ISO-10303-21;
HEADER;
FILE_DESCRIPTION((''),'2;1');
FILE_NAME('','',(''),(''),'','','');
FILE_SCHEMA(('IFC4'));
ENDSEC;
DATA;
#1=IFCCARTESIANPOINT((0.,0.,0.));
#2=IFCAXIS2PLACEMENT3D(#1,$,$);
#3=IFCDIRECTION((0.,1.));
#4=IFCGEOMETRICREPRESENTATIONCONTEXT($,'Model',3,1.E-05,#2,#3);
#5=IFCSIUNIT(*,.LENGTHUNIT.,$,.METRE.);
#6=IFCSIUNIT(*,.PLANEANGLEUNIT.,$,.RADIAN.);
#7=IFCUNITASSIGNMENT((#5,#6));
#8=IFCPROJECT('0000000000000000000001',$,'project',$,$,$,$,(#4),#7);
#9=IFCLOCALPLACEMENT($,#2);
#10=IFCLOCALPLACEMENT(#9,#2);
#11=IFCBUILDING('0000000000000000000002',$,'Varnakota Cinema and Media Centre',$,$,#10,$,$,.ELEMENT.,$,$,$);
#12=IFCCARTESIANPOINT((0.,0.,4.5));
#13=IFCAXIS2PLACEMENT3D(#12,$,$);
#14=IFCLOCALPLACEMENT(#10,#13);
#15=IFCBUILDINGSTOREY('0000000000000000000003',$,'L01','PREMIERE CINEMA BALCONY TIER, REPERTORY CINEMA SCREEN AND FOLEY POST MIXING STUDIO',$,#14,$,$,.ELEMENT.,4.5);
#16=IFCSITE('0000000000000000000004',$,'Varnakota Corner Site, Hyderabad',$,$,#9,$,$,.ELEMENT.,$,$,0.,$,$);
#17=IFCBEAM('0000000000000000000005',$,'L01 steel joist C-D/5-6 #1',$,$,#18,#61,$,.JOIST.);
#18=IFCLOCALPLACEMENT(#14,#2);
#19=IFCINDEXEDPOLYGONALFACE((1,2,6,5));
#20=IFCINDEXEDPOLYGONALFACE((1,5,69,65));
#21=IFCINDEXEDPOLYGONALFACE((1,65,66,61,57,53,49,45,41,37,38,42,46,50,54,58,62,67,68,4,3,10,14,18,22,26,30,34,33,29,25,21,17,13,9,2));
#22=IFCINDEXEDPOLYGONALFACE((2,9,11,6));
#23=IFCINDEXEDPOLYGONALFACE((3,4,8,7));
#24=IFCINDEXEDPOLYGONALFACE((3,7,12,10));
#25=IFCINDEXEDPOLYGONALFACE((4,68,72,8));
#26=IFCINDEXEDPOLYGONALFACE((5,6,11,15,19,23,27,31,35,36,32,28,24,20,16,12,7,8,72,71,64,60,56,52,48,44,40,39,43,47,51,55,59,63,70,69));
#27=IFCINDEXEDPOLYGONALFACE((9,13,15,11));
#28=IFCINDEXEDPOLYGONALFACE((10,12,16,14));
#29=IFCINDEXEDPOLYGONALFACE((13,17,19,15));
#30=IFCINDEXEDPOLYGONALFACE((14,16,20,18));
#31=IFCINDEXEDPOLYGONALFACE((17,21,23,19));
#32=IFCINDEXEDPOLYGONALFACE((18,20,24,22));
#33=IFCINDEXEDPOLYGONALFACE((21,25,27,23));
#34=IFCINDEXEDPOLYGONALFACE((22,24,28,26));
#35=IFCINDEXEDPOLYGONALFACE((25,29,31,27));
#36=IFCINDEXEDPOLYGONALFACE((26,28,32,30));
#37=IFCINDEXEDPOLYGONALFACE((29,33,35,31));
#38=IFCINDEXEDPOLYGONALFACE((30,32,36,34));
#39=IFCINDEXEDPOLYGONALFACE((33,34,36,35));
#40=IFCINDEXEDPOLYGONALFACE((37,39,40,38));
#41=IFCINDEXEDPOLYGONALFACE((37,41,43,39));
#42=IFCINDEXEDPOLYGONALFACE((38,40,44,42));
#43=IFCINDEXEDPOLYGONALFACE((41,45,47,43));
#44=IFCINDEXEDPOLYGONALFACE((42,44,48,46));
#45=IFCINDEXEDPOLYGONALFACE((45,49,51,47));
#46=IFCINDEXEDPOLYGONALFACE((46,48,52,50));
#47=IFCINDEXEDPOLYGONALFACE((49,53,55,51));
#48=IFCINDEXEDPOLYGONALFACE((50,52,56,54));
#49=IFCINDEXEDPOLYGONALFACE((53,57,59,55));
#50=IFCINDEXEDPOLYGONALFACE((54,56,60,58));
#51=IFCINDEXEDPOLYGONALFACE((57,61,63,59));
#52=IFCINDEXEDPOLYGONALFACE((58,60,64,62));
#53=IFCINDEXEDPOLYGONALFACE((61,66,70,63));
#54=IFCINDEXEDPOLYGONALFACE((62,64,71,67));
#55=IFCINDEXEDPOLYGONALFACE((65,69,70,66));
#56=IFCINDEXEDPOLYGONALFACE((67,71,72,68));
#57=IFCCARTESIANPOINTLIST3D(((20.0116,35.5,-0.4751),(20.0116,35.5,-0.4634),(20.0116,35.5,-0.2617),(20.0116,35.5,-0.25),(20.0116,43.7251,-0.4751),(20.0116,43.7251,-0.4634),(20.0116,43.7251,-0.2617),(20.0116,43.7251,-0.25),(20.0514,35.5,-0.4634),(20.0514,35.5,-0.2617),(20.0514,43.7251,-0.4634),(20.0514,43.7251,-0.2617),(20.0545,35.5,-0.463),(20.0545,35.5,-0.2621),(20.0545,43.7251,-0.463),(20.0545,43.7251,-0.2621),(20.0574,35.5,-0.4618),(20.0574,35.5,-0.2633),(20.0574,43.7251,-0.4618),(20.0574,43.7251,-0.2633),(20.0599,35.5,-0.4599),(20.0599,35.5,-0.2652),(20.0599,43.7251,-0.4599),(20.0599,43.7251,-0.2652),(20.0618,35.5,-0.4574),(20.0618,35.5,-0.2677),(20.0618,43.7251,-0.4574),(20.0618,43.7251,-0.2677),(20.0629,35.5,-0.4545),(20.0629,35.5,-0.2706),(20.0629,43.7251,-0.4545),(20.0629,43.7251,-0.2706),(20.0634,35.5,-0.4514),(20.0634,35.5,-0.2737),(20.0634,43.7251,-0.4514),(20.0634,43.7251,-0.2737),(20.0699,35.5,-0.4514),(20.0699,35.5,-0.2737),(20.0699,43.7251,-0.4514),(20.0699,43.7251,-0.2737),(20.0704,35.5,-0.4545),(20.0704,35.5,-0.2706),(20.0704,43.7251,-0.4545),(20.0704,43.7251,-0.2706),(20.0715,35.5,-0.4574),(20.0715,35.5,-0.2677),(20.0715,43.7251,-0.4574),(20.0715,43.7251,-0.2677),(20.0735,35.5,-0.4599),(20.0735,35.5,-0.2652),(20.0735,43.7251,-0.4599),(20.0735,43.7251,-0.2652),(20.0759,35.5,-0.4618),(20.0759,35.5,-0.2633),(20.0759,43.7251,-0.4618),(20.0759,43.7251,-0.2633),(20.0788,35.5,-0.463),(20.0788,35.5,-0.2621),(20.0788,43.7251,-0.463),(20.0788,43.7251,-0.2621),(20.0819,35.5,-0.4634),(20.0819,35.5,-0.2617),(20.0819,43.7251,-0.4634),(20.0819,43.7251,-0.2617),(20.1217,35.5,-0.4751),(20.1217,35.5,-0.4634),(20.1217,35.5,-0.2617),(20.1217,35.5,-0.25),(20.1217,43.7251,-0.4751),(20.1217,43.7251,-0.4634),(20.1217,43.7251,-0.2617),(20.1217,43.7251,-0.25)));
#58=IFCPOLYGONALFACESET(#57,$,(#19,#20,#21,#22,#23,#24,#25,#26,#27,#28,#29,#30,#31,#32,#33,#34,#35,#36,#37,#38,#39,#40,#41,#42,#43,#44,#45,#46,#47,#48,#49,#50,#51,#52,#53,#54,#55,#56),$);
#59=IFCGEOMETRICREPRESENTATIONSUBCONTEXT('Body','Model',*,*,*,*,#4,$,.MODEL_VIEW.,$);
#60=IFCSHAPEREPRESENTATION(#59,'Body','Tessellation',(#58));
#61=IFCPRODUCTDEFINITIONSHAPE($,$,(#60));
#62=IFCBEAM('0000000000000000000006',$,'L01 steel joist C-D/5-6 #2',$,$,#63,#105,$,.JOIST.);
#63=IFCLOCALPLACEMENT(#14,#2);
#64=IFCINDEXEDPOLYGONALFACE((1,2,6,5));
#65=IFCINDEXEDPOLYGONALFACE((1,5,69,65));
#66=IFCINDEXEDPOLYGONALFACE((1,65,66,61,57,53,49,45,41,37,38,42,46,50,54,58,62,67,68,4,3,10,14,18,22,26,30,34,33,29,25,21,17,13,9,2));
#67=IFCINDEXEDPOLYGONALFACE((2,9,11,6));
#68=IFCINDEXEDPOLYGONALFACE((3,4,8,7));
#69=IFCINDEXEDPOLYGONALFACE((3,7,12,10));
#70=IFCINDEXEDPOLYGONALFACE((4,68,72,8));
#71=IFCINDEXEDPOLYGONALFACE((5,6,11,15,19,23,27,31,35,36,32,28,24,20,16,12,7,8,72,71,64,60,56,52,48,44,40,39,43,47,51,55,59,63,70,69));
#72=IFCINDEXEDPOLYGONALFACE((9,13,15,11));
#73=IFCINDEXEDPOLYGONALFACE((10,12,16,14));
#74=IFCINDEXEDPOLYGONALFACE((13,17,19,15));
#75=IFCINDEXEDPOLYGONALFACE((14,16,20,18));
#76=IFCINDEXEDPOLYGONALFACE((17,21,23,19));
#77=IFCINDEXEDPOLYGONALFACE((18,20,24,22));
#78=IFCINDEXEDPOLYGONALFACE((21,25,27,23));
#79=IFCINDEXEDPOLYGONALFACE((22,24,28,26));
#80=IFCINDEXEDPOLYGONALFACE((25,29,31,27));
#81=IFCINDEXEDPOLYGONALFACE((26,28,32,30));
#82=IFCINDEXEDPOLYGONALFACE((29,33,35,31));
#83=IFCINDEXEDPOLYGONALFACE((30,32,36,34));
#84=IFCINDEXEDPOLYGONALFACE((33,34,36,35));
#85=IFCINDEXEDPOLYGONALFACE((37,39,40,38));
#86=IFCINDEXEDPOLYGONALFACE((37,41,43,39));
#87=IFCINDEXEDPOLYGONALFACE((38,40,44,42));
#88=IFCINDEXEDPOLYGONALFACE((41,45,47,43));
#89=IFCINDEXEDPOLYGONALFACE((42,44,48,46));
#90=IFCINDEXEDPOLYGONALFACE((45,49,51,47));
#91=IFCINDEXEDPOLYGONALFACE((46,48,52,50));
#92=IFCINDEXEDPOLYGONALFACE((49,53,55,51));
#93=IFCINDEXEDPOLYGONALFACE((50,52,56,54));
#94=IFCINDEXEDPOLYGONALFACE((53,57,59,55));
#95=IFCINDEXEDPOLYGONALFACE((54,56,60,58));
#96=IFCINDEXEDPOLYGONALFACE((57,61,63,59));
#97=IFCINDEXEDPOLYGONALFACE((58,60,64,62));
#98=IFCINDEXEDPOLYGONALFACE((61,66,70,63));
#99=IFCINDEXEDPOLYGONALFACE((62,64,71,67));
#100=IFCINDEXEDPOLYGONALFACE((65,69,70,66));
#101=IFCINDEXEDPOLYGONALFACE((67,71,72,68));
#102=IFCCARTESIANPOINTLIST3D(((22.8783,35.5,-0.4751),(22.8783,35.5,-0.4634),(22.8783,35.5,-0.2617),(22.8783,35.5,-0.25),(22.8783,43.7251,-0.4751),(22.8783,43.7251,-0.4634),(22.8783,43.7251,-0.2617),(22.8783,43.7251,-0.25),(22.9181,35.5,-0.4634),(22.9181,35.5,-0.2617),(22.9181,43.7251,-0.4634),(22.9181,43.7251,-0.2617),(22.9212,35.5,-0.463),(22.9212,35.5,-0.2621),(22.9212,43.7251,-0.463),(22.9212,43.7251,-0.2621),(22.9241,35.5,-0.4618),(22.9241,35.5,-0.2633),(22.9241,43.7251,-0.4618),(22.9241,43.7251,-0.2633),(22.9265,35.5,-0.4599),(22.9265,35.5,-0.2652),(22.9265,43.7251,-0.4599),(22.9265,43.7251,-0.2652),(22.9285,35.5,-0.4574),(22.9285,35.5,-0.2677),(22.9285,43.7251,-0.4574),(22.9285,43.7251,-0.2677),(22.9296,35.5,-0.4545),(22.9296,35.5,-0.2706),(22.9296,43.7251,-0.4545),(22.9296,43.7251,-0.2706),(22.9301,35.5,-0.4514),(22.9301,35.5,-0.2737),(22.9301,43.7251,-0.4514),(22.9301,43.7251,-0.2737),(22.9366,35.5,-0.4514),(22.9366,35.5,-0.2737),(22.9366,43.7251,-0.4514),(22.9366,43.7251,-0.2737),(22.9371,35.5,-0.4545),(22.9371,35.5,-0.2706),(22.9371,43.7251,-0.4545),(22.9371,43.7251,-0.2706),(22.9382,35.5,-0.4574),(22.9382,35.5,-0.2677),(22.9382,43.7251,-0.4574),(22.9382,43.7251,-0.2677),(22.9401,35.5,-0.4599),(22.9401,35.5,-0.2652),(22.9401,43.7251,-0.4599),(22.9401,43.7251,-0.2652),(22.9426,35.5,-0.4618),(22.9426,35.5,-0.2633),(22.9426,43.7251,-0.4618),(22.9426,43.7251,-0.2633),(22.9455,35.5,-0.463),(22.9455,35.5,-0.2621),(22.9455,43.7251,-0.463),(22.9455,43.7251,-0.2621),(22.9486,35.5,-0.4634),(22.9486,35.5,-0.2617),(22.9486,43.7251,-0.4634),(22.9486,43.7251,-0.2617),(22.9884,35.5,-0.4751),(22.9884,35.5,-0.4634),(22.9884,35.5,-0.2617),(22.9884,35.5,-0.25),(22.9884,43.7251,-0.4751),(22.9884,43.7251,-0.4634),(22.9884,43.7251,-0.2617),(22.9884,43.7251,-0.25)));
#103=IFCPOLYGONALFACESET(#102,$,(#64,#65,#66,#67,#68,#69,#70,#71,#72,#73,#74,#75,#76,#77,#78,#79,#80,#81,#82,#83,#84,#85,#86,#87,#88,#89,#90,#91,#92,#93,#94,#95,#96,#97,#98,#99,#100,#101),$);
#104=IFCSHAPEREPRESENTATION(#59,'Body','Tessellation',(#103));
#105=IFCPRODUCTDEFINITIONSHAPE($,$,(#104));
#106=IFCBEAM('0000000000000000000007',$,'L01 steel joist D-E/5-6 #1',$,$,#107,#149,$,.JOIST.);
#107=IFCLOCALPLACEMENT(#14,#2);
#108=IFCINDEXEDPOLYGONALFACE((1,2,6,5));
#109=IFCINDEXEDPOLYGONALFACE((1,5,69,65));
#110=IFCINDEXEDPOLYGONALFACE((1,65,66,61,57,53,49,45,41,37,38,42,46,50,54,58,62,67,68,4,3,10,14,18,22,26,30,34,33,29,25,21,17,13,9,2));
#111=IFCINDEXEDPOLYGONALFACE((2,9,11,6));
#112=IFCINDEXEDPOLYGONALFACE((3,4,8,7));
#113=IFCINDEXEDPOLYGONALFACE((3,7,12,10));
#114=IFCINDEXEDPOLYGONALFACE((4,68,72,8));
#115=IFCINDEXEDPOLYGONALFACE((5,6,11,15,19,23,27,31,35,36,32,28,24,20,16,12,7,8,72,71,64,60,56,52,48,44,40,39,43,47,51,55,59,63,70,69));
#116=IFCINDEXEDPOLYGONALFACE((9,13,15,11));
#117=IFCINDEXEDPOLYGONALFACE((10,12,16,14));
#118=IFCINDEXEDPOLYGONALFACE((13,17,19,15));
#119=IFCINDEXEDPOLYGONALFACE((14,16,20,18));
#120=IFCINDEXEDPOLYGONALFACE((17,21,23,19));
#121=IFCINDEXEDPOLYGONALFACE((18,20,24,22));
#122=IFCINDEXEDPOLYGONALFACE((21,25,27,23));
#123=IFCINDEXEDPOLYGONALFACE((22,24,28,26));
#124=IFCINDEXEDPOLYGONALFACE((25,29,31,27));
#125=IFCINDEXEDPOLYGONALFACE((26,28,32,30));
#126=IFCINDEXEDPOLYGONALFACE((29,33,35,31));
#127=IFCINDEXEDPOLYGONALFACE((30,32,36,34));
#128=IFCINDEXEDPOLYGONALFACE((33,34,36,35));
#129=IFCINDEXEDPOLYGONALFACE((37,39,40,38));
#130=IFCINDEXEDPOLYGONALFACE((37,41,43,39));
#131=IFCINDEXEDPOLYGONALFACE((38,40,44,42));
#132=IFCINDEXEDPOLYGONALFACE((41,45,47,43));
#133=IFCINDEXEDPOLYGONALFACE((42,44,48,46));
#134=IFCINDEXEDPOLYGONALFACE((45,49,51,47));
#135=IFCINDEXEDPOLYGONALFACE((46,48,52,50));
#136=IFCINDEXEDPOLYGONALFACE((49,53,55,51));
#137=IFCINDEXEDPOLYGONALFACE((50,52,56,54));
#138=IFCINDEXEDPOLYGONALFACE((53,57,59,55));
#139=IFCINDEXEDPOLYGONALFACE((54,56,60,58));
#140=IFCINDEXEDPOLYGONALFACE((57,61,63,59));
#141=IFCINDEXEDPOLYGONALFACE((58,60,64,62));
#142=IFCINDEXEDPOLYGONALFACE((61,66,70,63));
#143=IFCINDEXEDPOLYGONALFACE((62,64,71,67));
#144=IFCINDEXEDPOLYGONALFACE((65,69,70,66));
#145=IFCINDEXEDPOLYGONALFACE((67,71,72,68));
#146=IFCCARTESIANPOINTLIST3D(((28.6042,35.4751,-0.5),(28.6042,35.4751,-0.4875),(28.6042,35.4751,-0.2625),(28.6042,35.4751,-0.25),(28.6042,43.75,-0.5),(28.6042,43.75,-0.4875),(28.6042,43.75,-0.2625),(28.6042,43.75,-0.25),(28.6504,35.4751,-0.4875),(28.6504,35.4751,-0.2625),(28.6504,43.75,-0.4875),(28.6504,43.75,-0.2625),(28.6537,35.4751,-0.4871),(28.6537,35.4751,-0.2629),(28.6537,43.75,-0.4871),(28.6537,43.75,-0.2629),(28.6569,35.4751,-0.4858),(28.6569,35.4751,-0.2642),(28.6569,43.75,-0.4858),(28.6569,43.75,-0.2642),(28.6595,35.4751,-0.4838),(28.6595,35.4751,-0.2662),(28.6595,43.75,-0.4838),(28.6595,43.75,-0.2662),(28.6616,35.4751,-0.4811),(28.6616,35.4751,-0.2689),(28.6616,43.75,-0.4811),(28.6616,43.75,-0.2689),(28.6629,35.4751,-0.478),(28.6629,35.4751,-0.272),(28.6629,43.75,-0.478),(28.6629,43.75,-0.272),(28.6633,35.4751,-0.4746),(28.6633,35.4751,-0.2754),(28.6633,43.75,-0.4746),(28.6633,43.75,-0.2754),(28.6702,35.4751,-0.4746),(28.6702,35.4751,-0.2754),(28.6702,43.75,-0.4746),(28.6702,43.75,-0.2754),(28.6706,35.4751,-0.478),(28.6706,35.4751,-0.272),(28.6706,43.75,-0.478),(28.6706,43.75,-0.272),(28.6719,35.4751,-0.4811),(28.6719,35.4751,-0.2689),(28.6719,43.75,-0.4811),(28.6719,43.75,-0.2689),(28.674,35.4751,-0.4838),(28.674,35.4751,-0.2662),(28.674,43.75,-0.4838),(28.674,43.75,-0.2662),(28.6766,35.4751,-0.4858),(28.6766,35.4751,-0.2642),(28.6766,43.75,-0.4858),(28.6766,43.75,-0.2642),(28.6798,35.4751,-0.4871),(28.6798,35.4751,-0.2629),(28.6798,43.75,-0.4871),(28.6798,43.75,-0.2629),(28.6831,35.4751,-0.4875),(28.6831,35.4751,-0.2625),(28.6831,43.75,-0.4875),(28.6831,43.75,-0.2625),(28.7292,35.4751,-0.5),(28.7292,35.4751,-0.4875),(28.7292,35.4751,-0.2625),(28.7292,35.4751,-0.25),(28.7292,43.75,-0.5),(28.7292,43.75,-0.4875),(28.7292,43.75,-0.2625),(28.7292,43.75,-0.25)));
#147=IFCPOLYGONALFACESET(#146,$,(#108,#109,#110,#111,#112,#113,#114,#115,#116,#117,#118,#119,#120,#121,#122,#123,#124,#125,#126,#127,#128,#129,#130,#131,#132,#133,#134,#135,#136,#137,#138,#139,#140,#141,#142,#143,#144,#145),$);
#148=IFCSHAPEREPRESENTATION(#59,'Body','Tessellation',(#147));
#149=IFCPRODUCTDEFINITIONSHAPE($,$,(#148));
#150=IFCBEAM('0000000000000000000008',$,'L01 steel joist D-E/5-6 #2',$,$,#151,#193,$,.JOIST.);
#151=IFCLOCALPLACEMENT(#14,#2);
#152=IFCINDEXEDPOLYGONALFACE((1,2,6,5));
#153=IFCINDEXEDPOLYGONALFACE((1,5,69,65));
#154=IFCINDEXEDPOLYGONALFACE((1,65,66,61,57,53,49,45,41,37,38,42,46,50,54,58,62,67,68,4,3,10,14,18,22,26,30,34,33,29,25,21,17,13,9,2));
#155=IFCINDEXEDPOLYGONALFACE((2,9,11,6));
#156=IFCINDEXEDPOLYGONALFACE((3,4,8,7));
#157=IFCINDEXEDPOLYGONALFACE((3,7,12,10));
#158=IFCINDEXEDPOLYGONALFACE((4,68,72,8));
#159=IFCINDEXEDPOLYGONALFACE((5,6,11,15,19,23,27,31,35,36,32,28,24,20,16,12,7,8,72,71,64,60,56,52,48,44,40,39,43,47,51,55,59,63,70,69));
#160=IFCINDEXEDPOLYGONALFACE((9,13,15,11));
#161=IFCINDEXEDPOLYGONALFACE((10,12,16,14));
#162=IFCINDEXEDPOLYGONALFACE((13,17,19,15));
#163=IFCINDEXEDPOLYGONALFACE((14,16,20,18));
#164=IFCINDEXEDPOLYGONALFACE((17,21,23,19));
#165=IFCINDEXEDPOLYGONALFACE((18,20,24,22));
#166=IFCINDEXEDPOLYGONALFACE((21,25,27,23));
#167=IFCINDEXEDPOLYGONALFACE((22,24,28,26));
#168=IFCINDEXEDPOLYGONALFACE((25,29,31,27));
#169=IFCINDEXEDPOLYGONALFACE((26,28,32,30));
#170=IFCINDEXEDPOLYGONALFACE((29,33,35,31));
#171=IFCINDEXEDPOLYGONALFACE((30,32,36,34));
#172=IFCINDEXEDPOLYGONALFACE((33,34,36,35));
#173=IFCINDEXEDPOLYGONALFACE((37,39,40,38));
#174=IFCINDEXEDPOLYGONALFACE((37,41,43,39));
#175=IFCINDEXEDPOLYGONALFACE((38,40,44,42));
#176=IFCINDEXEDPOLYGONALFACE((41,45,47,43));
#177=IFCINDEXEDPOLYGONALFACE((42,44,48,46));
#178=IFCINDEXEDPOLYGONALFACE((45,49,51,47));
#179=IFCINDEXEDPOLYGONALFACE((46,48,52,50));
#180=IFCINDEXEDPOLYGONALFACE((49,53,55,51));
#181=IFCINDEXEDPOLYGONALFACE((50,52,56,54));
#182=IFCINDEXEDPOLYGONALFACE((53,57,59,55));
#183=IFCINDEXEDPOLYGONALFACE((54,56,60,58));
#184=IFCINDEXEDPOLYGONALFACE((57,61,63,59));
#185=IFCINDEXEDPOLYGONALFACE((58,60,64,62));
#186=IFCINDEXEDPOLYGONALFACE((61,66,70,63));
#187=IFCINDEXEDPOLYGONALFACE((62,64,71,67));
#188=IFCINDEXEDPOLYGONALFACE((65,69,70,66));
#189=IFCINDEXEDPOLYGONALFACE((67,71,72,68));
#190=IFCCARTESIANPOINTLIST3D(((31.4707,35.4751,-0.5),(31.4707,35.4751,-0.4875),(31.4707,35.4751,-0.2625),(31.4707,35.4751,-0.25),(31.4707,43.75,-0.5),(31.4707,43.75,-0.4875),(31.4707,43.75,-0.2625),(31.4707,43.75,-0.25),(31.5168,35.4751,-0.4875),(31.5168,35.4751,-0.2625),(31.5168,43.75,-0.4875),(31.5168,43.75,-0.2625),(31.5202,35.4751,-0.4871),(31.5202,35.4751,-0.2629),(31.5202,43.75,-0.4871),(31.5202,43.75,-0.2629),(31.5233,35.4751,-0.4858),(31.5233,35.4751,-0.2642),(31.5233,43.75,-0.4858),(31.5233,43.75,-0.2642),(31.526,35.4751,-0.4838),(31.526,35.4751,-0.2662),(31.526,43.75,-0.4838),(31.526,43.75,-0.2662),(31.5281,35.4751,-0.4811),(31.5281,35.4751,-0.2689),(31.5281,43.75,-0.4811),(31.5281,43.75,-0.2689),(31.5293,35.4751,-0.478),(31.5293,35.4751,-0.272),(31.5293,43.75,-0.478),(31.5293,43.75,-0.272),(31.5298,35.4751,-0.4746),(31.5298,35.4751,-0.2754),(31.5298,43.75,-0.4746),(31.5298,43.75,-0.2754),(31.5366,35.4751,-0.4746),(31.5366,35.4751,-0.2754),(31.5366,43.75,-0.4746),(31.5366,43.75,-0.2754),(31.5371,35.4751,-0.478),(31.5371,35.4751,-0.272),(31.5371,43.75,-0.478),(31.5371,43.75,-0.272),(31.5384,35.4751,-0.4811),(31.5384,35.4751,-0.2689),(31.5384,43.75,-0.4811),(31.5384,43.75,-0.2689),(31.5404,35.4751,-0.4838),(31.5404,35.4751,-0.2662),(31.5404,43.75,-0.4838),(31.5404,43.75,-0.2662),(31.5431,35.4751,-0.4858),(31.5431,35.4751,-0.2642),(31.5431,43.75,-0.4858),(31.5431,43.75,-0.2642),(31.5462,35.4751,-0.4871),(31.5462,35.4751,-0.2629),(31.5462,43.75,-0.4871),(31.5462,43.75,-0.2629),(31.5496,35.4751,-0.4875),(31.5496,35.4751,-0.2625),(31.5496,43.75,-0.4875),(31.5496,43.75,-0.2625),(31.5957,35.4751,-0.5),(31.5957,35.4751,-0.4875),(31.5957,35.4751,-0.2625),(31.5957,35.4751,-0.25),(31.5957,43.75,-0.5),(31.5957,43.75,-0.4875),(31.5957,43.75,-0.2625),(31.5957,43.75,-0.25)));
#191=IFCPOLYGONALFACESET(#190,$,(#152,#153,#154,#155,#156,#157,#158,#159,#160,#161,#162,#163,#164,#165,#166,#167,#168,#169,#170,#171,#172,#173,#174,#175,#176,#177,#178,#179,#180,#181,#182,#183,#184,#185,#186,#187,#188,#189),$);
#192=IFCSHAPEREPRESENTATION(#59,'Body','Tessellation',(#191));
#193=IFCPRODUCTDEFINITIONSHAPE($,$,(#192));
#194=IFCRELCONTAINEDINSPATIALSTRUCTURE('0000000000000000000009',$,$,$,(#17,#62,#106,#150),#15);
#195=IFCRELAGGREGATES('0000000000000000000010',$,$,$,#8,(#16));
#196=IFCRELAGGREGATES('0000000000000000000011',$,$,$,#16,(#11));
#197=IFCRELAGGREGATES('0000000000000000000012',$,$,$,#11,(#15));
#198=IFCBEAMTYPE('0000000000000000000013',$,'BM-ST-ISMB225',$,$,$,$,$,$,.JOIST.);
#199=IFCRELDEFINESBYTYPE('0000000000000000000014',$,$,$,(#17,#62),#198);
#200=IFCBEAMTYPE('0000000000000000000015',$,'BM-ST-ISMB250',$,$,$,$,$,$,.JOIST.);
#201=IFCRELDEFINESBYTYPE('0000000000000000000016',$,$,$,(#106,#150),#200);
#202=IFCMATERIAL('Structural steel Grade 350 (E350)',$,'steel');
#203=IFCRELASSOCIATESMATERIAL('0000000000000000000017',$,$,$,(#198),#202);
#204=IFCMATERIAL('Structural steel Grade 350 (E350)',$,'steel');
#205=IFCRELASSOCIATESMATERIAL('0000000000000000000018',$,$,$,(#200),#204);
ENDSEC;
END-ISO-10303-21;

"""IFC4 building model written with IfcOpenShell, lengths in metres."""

from ifc_helpers import new_model, si_unit, direction, frame, origin, origin_2d, place, context, subcontext, project, spatial, i_section, extrude, material, material_profile, profile_set, type_object, element, save


model = new_model("IFC4")

# Units and contexts
model_context = context("Model", 3, precision=1e-05, world=origin(), true_north=direction((0.0, 1.0)))
body_context = subcontext(model_context, "Body", "Model", "MODEL_VIEW")
ifc_project = project(units=[si_unit("LENGTHUNIT", "METRE"), si_unit("PLANEANGLEUNIT", "RADIAN")], contexts=[model_context])

# Site, building, storey
site_placement = place(None, origin())
site = spatial("IfcSite", under=ifc_project, at=site_placement, Name="Varnakota Corner Site, Hyderabad", CompositionType="ELEMENT", RefElevation=0.0)
building_placement = place(site_placement, origin())
building = spatial("IfcBuilding", under=site, at=building_placement, Name="Varnakota Cinema and Media Centre", CompositionType="ELEMENT")
storey_placement = place(building_placement, frame((0.0, 0.0, 4.5)))
storey = spatial("IfcBuildingStorey", under=building, at=storey_placement, Name="L01", Description="PREMIERE CINEMA BALCONY TIER, REPERTORY CINEMA SCREEN AND FOLEY POST MIXING STUDIO", CompositionType="ELEMENT", Elevation=4.5)

# Beams
ifc_material_1 = material(Name="Structural steel Grade 350 (E350)", Category="steel")
ifc_material_profile_1 = material_profile(ifc_material_1, i_section(OverallWidth=0.1101, OverallDepth=0.2251, WebThickness=0.0066, FlangeThickness=0.0117, FilletRadius=0.012, at=origin_2d()), Name="ISMB 225")
ifc_profile_set_1 = profile_set([ifc_material_profile_1], Name="Structural steel Grade 350 (E350)")
beam_type_1 = type_object("IfcBeamType", Name="BM-ST-ISMB225", PredefinedType="JOIST", material=ifc_profile_set_1)
for number, where, z_axis, x_axis, name in (
    (1, (20.0667, 35.5, -0.3625), (0.0, 1.0, 0.0), (-1.0, 0.0, 0.0), "L01 steel joist C-D/5-6 #1"),
    (2, (22.9333, 35.5, -0.3625), (0.0, 1.0, 0.0), (-1.0, 0.0, 0.0), "L01 steel joist C-D/5-6 #2"),
):
    element("IfcBeam", number, at=place(storey_placement, frame(where, z_axis=z_axis, x_axis=x_axis)), inside=storey, type_object=beam_type_1, Name=name, PredefinedType="JOIST", context=body_context, shape_type="SweptSolid", body=[
        extrude(i_section(OverallWidth=0.1101, OverallDepth=0.2251, WebThickness=0.0066, FlangeThickness=0.0117, FilletRadius=0.012, at=origin_2d()), origin(), (0.0, 0.0, 1.0), 8.2251),
    ])
ifc_material_2 = material(Name="Structural steel Grade 350 (E350)", Category="steel")
ifc_material_profile_2 = material_profile(ifc_material_2, i_section(OverallWidth=0.125, OverallDepth=0.25, WebThickness=0.0068, FlangeThickness=0.0125, FilletRadius=0.0129, at=origin_2d()), Name="ISMB 250")
ifc_profile_set_2 = profile_set([ifc_material_profile_2], Name="Structural steel Grade 350 (E350)")
beam_type_2 = type_object("IfcBeamType", Name="BM-ST-ISMB250", PredefinedType="JOIST", material=ifc_profile_set_2)
for number, where, z_axis, x_axis, name in (
    (3, (28.6667, 35.4751, -0.375), (0.0, 1.0, 0.0), (-1.0, 0.0, 0.0), "L01 steel joist D-E/5-6 #1"),
    (4, (31.5332, 35.4751, -0.375), (0.0, 1.0, 0.0), (-1.0, 0.0, 0.0), "L01 steel joist D-E/5-6 #2"),
):
    element("IfcBeam", number, at=place(storey_placement, frame(where, z_axis=z_axis, x_axis=x_axis)), inside=storey, type_object=beam_type_2, Name=name, PredefinedType="JOIST", context=body_context, shape_type="SweptSolid", body=[
        extrude(i_section(OverallWidth=0.125, OverallDepth=0.25, WebThickness=0.0068, FlangeThickness=0.0125, FilletRadius=0.0129, at=origin_2d()), origin(), (0.0, 0.0, 1.0), 8.2749),
    ])

save(model, "model.ifc")
